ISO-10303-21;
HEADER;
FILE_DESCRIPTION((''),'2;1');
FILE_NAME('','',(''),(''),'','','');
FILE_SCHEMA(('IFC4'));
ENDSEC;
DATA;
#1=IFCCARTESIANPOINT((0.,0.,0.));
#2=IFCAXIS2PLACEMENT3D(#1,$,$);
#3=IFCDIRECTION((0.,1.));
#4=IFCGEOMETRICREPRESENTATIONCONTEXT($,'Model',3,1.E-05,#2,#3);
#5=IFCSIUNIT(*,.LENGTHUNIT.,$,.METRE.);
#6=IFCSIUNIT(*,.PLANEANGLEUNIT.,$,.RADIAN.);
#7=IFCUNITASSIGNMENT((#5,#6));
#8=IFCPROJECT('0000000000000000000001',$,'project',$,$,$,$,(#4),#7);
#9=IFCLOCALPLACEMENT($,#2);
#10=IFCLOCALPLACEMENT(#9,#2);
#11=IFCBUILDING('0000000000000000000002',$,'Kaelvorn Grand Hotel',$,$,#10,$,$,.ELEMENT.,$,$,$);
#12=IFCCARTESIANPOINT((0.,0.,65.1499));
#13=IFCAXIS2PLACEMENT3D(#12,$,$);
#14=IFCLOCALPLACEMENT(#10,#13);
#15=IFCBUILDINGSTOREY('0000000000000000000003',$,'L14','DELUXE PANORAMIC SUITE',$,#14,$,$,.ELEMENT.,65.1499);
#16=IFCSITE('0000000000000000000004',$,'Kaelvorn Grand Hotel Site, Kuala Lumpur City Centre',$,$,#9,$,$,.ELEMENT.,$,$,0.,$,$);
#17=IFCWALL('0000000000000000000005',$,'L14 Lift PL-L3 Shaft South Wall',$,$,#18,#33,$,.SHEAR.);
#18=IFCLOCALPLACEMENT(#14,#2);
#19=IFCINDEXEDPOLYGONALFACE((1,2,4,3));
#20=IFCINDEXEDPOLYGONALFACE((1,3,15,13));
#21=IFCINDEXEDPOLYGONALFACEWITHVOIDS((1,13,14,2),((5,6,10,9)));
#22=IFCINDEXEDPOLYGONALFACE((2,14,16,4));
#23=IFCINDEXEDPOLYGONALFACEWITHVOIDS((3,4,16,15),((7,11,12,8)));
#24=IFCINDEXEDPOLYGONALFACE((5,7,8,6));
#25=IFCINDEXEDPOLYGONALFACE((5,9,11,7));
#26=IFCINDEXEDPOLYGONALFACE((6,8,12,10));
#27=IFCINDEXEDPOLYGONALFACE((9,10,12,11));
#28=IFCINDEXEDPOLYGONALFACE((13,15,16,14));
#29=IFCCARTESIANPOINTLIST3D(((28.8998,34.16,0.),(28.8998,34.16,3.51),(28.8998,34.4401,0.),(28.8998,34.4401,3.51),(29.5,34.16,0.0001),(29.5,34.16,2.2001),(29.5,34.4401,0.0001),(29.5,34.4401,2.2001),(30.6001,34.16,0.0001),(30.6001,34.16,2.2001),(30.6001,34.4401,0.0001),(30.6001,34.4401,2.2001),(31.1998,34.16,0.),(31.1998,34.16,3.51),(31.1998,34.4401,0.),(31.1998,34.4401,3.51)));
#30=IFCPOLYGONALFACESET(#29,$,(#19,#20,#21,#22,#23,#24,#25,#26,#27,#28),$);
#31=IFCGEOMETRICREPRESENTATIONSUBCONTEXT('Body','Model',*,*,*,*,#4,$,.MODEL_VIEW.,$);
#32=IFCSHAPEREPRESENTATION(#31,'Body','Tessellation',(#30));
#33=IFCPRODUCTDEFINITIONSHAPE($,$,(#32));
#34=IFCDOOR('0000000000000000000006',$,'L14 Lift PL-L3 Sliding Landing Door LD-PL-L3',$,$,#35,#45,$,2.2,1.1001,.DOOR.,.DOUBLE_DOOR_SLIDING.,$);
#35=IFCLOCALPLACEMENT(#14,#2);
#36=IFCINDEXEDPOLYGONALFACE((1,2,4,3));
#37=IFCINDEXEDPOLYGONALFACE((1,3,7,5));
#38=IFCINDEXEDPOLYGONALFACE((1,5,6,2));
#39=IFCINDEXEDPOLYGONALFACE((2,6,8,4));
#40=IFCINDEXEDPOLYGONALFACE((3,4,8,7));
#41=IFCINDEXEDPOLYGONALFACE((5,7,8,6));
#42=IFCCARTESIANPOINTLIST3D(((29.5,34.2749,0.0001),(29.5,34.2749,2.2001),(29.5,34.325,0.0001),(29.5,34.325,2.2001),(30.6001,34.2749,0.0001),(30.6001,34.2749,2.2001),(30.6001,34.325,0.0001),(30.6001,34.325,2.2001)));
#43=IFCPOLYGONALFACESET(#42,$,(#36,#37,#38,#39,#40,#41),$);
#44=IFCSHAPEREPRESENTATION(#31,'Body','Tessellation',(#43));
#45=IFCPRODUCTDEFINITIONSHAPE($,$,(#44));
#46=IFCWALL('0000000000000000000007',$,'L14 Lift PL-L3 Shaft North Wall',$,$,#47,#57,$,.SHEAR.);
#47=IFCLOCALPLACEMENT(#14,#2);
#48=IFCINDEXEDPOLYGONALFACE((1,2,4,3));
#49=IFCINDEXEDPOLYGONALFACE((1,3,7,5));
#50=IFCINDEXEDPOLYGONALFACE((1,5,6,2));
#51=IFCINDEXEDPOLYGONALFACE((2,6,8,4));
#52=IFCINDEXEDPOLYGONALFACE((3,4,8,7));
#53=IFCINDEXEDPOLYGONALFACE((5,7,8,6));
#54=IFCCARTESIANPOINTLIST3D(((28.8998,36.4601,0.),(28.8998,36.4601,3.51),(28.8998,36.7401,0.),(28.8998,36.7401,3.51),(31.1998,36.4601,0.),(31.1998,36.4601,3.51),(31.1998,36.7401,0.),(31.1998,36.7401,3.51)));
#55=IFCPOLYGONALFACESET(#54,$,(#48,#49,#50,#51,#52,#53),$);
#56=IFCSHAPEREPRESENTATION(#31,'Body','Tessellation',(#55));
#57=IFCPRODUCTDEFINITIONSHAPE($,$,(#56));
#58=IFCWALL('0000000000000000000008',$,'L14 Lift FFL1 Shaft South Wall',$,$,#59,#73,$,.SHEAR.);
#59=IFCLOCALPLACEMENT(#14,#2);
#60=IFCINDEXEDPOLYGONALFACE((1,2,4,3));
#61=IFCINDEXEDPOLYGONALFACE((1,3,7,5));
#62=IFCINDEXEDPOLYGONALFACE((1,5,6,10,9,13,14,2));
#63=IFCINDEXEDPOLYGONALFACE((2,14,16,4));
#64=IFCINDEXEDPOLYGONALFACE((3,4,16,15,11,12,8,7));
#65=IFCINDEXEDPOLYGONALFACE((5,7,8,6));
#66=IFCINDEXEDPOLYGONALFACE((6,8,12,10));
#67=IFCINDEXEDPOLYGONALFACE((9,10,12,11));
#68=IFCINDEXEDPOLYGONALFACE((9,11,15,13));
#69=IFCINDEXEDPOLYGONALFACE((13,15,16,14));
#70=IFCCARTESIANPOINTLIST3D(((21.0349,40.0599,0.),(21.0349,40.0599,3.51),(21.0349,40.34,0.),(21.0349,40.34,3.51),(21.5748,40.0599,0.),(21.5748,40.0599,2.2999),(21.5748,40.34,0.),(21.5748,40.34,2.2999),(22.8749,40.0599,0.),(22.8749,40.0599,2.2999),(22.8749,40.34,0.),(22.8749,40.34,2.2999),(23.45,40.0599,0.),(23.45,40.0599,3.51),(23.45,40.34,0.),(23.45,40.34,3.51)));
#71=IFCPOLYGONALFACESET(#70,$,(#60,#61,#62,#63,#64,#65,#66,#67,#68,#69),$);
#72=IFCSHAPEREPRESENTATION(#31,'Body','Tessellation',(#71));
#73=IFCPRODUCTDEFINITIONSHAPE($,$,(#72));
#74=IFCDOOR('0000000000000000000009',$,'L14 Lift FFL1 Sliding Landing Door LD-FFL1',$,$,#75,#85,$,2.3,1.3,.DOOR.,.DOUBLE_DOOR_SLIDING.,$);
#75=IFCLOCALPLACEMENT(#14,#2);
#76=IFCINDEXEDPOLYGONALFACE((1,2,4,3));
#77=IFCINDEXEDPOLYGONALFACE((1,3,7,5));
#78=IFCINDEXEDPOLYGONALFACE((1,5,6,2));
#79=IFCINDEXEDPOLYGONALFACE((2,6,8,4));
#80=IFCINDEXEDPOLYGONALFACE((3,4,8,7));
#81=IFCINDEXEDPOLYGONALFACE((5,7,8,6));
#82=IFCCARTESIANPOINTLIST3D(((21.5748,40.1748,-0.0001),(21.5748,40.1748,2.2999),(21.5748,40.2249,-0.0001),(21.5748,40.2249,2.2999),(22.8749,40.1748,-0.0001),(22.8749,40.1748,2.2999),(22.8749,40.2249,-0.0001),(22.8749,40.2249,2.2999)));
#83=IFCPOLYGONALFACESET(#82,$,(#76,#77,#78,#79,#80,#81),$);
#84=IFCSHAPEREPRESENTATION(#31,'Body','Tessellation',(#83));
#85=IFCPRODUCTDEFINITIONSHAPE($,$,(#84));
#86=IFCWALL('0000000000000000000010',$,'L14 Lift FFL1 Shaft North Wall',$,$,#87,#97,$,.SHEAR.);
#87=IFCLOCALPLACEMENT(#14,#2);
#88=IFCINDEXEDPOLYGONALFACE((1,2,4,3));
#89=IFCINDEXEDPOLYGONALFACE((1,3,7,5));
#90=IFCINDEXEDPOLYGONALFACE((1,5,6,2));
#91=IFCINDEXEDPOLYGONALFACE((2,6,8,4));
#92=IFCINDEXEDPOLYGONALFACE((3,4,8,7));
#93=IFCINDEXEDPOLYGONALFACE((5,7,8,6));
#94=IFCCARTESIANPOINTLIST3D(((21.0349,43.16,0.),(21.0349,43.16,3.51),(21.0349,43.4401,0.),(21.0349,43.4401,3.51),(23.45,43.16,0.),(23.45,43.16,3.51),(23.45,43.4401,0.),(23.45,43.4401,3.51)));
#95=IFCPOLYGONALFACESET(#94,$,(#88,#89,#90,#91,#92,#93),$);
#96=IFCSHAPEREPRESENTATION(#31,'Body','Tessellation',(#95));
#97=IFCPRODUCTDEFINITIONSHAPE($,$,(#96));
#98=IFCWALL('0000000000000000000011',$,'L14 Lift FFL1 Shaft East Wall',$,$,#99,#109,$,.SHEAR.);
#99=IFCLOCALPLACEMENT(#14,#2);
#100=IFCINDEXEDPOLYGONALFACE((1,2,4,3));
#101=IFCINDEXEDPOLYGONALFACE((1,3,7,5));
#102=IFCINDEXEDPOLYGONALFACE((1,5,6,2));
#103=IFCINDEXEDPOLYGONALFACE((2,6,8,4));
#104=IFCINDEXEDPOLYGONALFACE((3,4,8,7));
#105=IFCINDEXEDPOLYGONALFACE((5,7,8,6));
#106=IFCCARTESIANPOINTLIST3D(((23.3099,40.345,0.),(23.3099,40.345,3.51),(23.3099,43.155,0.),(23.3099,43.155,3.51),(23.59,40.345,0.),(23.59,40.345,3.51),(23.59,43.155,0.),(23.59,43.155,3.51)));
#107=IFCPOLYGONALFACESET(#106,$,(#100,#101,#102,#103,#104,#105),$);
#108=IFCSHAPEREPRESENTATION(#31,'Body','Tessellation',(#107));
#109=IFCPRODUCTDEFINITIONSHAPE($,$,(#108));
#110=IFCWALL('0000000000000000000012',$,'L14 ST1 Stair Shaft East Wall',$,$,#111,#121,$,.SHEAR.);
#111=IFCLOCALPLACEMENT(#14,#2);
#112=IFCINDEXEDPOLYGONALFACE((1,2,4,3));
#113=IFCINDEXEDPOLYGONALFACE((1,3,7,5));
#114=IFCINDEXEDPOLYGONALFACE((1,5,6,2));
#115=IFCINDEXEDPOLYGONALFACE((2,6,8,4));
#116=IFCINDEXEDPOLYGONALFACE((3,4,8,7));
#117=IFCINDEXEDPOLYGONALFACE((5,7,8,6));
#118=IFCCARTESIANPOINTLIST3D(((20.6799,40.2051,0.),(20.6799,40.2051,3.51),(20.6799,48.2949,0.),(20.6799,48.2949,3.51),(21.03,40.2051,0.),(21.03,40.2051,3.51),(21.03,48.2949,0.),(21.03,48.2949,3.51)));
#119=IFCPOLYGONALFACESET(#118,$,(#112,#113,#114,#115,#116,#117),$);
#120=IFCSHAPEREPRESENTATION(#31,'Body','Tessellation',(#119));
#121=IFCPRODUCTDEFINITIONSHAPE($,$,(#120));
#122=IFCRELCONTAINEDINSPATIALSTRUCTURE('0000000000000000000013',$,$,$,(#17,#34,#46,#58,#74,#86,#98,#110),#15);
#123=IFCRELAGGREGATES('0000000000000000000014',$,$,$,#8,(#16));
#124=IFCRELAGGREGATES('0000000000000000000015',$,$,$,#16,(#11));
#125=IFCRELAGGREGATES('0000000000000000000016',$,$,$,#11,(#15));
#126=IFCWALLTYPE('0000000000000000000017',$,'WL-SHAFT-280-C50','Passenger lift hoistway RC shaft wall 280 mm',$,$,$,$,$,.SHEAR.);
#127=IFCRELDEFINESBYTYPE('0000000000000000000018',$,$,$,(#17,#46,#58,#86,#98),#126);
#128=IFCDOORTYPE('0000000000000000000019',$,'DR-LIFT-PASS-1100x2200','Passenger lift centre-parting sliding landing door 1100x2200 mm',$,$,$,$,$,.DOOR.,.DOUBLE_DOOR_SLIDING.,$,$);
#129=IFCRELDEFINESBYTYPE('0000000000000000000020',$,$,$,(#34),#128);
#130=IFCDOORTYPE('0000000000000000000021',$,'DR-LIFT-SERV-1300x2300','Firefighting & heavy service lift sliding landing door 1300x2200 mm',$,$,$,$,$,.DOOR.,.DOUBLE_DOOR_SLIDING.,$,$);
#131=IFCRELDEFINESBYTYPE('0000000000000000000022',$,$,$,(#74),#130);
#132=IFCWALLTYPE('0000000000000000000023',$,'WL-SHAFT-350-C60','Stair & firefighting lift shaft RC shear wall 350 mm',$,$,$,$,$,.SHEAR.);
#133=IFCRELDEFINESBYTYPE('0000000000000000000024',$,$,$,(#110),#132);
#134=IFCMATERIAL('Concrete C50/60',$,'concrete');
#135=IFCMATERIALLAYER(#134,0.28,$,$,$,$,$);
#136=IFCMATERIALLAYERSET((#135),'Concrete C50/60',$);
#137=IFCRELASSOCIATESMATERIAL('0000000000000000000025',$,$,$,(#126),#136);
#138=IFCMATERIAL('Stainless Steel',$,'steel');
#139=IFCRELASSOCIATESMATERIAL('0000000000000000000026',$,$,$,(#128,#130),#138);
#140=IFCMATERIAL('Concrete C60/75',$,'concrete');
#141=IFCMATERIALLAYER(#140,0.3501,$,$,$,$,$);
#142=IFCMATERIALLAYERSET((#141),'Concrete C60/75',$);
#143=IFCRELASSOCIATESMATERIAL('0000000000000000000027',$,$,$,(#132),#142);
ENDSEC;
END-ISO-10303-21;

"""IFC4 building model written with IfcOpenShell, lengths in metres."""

from ifc_helpers import new_model, si_unit, direction, frame, frame_2d, origin, place, context, subcontext, project, spatial, rectangle, extrude, material, layer, layer_set, type_object, element, fill, save


model = new_model("IFC4")

# Units and contexts
model_context = context("Model", 3, precision=1e-05, world=origin(), true_north=direction((0.0, 1.0)))
body_context = subcontext(model_context, "Body", "Model", "MODEL_VIEW")
ifc_project = project(units=[si_unit("LENGTHUNIT", "METRE"), si_unit("PLANEANGLEUNIT", "RADIAN")], contexts=[model_context])

# Site, building, storey
site_placement = place(None, origin())
site = spatial("IfcSite", under=ifc_project, at=site_placement, Name="Kaelvorn Grand Hotel Site, Kuala Lumpur City Centre", CompositionType="ELEMENT", RefElevation=0.0)
building_placement = place(site_placement, origin())
building = spatial("IfcBuilding", under=site, at=building_placement, Name="Kaelvorn Grand Hotel", CompositionType="ELEMENT")
storey_placement = place(building_placement, frame((0.0, 0.0, 65.1499)))
storey = spatial("IfcBuildingStorey", under=building, at=storey_placement, Name="L14", Description="DELUXE PANORAMIC SUITE", CompositionType="ELEMENT", Elevation=65.1499)

# Shared definitions
ifc_material_1 = material(Name="Concrete C60/75", Category="concrete")

# Shared definitions
ifc_material_2 = material(Name="Concrete C50/60", Category="concrete")
ifc_layer_1 = layer(ifc_material_2, 0.28)
ifc_layer_set_1 = layer_set([ifc_layer_1], Name="Concrete C50/60")
wall_type_1 = type_object("IfcWallType", Name="WL-SHAFT-280-C50", Description="Passenger lift hoistway RC shaft wall 280 mm", PredefinedType="SHEAR", material=ifc_layer_set_1)
ifc_material_3 = material(Name="Stainless Steel", Category="steel")
door_type_1 = type_object("IfcDoorType", Name="DR-LIFT-PASS-1100x2200", Description="Passenger lift centre-parting sliding landing door 1100x2200 mm", OperationType="DOUBLE_DOOR_SLIDING", PredefinedType="DOOR", material=ifc_material_3)

# Wall, opening, door
wall_1_placement = place(storey_placement, frame((28.8999, 34.3, 0.0), z_axis=(0.0, 0.0, 1.0), x_axis=(1.0, 0.0, 0.0)))
wall_1 = element("IfcWall", 1, at=wall_1_placement, inside=storey, type_object=wall_type_1, Name="L14 Lift PL-L3 Shaft South Wall", PredefinedType="SHEAR", context=body_context, shape_type="SweptSolid", body=[
    extrude(rectangle(XDim=2.3, YDim=0.28, at=frame_2d((1.1499, 0.0))), origin(), (0.0, 0.0, 1.0), 3.51),
])
opening_1_placement = place(wall_1_placement, frame((0.6001, 0.0, 0.0)))
opening_1 = element("IfcOpeningElement", 2, at=opening_1_placement, cuts=wall_1, PredefinedType="OPENING", context=body_context, shape_type="SweptSolid", body=[
    extrude(rectangle(XDim=1.1001, YDim=2.2, at=frame_2d((0.55, 1.1001))), frame((0.0, 0.1499, 0.0), z_axis=(0.0, -1.0, 0.0), x_axis=(1.0, 0.0, 0.0)), (0.0, 0.0, 1.0), 0.3),
])
door_1_placement = place(opening_1_placement, origin())
door_1 = element("IfcDoor", 3, at=door_1_placement, inside=storey, type_object=door_type_1, Name="L14 Lift PL-L3 Sliding Landing Door LD-PL-L3", OperationType="DOUBLE_DOOR_SLIDING", OverallHeight=2.2, OverallWidth=1.1001, PredefinedType="DOOR", context=body_context, shape_type="SweptSolid", body=[
    extrude(rectangle(XDim=1.1001, YDim=2.2, at=frame_2d((0.55, 1.1001))), frame((0.0, 0.0249, 0.0), z_axis=(0.0, -1.0, 0.0), x_axis=(1.0, 0.0, 0.0)), (0.0, 0.0, 1.0), 0.05),
])
fill(opening_1, door_1)

# Wall
wall_2_placement = place(storey_placement, frame((28.8999, 36.6001, 0.0), z_axis=(0.0, 0.0, 1.0), x_axis=(1.0, 0.0, 0.0)))
element("IfcWall", 4, at=wall_2_placement, inside=storey, type_object=wall_type_1, Name="L14 Lift PL-L3 Shaft North Wall", PredefinedType="SHEAR", context=body_context, shape_type="SweptSolid", body=[
    extrude(rectangle(XDim=2.3, YDim=0.28, at=frame_2d((1.1499, 0.0))), origin(), (0.0, 0.0, 1.0), 3.51),
])

# Wall, opening, door
wall_3_placement = place(storey_placement, frame((21.0349, 40.2, 0.0), z_axis=(0.0, 0.0, 1.0), x_axis=(1.0, 0.0, 0.0)))
wall_3 = element("IfcWall", 5, at=wall_3_placement, inside=storey, type_object=wall_type_1, Name="L14 Lift FFL1 Shaft South Wall", PredefinedType="SHEAR", context=body_context, shape_type="SweptSolid", body=[
    extrude(rectangle(XDim=2.415, YDim=0.28, at=frame_2d((1.2075, 0.0))), origin(), (0.0, 0.0, 1.0), 3.51),
])
opening_2_placement = place(wall_3_placement, frame((0.54, 0.0, 0.0)))
opening_2 = element("IfcOpeningElement", 6, at=opening_2_placement, cuts=wall_3, PredefinedType="OPENING", context=body_context, shape_type="SweptSolid", body=[
    extrude(rectangle(XDim=1.3, YDim=2.3, at=frame_2d((0.6499, 1.1499))), frame((0.0, 0.1499, 0.0), z_axis=(0.0, -1.0, 0.0), x_axis=(1.0, 0.0, 0.0)), (0.0, 0.0, 1.0), 0.3),
])
door_type_2 = type_object("IfcDoorType", Name="DR-LIFT-SERV-1300x2300", Description="Firefighting & heavy service lift sliding landing door 1300x2200 mm", OperationType="DOUBLE_DOOR_SLIDING", PredefinedType="DOOR", material=ifc_material_3)
door_2_placement = place(opening_2_placement, origin())
door_2 = element("IfcDoor", 7, at=door_2_placement, inside=storey, type_object=door_type_2, Name="L14 Lift FFL1 Sliding Landing Door LD-FFL1", OperationType="DOUBLE_DOOR_SLIDING", OverallHeight=2.3, OverallWidth=1.3, PredefinedType="DOOR", context=body_context, shape_type="SweptSolid", body=[
    extrude(rectangle(XDim=1.3, YDim=2.3, at=frame_2d((0.6499, 1.1499))), frame((0.0, 0.0249, 0.0), z_axis=(0.0, -1.0, 0.0), x_axis=(1.0, 0.0, 0.0)), (0.0, 0.0, 1.0), 0.05),
])
fill(opening_2, door_2)

# Walls
wall_4_placement = place(storey_placement, frame((21.0349, 43.3, 0.0), z_axis=(0.0, 0.0, 1.0), x_axis=(1.0, 0.0, 0.0)))
element("IfcWall", 8, at=wall_4_placement, inside=storey, type_object=wall_type_1, Name="L14 Lift FFL1 Shaft North Wall", PredefinedType="SHEAR", context=body_context, shape_type="SweptSolid", body=[
    extrude(rectangle(XDim=2.415, YDim=0.28, at=frame_2d((1.2075, 0.0))), origin(), (0.0, 0.0, 1.0), 3.51),
])
wall_5_placement = place(storey_placement, frame((23.45, 40.345, 0.0), z_axis=(0.0, 0.0, 1.0), x_axis=(0.0, 1.0, 0.0)))
element("IfcWall", 9, at=wall_5_placement, inside=storey, type_object=wall_type_1, Name="L14 Lift FFL1 Shaft East Wall", PredefinedType="SHEAR", context=body_context, shape_type="SweptSolid", body=[
    extrude(rectangle(XDim=2.8101, YDim=0.28, at=frame_2d((1.405, 0.0))), origin(), (0.0, 0.0, 1.0), 3.51),
])
ifc_layer_2 = layer(ifc_material_1, 0.3501)
ifc_layer_set_2 = layer_set([ifc_layer_2], Name="Concrete C60/75")
wall_type_2 = type_object("IfcWallType", Name="WL-SHAFT-350-C60", Description="Stair & firefighting lift shaft RC shear wall 350 mm", PredefinedType="SHEAR", material=ifc_layer_set_2)
wall_6_placement = place(storey_placement, frame((20.855, 40.2051, 0.0), z_axis=(0.0, 0.0, 1.0), x_axis=(0.0, 1.0, 0.0)))
element("IfcWall", 10, at=wall_6_placement, inside=storey, type_object=wall_type_2, Name="L14 ST1 Stair Shaft East Wall", PredefinedType="SHEAR", context=body_context, shape_type="SweptSolid", body=[
    extrude(rectangle(XDim=8.0898, YDim=0.3501, at=frame_2d((4.0449, 0.0))), origin(), (0.0, 0.0, 1.0), 3.51),
])

save(model, "model.ifc")
